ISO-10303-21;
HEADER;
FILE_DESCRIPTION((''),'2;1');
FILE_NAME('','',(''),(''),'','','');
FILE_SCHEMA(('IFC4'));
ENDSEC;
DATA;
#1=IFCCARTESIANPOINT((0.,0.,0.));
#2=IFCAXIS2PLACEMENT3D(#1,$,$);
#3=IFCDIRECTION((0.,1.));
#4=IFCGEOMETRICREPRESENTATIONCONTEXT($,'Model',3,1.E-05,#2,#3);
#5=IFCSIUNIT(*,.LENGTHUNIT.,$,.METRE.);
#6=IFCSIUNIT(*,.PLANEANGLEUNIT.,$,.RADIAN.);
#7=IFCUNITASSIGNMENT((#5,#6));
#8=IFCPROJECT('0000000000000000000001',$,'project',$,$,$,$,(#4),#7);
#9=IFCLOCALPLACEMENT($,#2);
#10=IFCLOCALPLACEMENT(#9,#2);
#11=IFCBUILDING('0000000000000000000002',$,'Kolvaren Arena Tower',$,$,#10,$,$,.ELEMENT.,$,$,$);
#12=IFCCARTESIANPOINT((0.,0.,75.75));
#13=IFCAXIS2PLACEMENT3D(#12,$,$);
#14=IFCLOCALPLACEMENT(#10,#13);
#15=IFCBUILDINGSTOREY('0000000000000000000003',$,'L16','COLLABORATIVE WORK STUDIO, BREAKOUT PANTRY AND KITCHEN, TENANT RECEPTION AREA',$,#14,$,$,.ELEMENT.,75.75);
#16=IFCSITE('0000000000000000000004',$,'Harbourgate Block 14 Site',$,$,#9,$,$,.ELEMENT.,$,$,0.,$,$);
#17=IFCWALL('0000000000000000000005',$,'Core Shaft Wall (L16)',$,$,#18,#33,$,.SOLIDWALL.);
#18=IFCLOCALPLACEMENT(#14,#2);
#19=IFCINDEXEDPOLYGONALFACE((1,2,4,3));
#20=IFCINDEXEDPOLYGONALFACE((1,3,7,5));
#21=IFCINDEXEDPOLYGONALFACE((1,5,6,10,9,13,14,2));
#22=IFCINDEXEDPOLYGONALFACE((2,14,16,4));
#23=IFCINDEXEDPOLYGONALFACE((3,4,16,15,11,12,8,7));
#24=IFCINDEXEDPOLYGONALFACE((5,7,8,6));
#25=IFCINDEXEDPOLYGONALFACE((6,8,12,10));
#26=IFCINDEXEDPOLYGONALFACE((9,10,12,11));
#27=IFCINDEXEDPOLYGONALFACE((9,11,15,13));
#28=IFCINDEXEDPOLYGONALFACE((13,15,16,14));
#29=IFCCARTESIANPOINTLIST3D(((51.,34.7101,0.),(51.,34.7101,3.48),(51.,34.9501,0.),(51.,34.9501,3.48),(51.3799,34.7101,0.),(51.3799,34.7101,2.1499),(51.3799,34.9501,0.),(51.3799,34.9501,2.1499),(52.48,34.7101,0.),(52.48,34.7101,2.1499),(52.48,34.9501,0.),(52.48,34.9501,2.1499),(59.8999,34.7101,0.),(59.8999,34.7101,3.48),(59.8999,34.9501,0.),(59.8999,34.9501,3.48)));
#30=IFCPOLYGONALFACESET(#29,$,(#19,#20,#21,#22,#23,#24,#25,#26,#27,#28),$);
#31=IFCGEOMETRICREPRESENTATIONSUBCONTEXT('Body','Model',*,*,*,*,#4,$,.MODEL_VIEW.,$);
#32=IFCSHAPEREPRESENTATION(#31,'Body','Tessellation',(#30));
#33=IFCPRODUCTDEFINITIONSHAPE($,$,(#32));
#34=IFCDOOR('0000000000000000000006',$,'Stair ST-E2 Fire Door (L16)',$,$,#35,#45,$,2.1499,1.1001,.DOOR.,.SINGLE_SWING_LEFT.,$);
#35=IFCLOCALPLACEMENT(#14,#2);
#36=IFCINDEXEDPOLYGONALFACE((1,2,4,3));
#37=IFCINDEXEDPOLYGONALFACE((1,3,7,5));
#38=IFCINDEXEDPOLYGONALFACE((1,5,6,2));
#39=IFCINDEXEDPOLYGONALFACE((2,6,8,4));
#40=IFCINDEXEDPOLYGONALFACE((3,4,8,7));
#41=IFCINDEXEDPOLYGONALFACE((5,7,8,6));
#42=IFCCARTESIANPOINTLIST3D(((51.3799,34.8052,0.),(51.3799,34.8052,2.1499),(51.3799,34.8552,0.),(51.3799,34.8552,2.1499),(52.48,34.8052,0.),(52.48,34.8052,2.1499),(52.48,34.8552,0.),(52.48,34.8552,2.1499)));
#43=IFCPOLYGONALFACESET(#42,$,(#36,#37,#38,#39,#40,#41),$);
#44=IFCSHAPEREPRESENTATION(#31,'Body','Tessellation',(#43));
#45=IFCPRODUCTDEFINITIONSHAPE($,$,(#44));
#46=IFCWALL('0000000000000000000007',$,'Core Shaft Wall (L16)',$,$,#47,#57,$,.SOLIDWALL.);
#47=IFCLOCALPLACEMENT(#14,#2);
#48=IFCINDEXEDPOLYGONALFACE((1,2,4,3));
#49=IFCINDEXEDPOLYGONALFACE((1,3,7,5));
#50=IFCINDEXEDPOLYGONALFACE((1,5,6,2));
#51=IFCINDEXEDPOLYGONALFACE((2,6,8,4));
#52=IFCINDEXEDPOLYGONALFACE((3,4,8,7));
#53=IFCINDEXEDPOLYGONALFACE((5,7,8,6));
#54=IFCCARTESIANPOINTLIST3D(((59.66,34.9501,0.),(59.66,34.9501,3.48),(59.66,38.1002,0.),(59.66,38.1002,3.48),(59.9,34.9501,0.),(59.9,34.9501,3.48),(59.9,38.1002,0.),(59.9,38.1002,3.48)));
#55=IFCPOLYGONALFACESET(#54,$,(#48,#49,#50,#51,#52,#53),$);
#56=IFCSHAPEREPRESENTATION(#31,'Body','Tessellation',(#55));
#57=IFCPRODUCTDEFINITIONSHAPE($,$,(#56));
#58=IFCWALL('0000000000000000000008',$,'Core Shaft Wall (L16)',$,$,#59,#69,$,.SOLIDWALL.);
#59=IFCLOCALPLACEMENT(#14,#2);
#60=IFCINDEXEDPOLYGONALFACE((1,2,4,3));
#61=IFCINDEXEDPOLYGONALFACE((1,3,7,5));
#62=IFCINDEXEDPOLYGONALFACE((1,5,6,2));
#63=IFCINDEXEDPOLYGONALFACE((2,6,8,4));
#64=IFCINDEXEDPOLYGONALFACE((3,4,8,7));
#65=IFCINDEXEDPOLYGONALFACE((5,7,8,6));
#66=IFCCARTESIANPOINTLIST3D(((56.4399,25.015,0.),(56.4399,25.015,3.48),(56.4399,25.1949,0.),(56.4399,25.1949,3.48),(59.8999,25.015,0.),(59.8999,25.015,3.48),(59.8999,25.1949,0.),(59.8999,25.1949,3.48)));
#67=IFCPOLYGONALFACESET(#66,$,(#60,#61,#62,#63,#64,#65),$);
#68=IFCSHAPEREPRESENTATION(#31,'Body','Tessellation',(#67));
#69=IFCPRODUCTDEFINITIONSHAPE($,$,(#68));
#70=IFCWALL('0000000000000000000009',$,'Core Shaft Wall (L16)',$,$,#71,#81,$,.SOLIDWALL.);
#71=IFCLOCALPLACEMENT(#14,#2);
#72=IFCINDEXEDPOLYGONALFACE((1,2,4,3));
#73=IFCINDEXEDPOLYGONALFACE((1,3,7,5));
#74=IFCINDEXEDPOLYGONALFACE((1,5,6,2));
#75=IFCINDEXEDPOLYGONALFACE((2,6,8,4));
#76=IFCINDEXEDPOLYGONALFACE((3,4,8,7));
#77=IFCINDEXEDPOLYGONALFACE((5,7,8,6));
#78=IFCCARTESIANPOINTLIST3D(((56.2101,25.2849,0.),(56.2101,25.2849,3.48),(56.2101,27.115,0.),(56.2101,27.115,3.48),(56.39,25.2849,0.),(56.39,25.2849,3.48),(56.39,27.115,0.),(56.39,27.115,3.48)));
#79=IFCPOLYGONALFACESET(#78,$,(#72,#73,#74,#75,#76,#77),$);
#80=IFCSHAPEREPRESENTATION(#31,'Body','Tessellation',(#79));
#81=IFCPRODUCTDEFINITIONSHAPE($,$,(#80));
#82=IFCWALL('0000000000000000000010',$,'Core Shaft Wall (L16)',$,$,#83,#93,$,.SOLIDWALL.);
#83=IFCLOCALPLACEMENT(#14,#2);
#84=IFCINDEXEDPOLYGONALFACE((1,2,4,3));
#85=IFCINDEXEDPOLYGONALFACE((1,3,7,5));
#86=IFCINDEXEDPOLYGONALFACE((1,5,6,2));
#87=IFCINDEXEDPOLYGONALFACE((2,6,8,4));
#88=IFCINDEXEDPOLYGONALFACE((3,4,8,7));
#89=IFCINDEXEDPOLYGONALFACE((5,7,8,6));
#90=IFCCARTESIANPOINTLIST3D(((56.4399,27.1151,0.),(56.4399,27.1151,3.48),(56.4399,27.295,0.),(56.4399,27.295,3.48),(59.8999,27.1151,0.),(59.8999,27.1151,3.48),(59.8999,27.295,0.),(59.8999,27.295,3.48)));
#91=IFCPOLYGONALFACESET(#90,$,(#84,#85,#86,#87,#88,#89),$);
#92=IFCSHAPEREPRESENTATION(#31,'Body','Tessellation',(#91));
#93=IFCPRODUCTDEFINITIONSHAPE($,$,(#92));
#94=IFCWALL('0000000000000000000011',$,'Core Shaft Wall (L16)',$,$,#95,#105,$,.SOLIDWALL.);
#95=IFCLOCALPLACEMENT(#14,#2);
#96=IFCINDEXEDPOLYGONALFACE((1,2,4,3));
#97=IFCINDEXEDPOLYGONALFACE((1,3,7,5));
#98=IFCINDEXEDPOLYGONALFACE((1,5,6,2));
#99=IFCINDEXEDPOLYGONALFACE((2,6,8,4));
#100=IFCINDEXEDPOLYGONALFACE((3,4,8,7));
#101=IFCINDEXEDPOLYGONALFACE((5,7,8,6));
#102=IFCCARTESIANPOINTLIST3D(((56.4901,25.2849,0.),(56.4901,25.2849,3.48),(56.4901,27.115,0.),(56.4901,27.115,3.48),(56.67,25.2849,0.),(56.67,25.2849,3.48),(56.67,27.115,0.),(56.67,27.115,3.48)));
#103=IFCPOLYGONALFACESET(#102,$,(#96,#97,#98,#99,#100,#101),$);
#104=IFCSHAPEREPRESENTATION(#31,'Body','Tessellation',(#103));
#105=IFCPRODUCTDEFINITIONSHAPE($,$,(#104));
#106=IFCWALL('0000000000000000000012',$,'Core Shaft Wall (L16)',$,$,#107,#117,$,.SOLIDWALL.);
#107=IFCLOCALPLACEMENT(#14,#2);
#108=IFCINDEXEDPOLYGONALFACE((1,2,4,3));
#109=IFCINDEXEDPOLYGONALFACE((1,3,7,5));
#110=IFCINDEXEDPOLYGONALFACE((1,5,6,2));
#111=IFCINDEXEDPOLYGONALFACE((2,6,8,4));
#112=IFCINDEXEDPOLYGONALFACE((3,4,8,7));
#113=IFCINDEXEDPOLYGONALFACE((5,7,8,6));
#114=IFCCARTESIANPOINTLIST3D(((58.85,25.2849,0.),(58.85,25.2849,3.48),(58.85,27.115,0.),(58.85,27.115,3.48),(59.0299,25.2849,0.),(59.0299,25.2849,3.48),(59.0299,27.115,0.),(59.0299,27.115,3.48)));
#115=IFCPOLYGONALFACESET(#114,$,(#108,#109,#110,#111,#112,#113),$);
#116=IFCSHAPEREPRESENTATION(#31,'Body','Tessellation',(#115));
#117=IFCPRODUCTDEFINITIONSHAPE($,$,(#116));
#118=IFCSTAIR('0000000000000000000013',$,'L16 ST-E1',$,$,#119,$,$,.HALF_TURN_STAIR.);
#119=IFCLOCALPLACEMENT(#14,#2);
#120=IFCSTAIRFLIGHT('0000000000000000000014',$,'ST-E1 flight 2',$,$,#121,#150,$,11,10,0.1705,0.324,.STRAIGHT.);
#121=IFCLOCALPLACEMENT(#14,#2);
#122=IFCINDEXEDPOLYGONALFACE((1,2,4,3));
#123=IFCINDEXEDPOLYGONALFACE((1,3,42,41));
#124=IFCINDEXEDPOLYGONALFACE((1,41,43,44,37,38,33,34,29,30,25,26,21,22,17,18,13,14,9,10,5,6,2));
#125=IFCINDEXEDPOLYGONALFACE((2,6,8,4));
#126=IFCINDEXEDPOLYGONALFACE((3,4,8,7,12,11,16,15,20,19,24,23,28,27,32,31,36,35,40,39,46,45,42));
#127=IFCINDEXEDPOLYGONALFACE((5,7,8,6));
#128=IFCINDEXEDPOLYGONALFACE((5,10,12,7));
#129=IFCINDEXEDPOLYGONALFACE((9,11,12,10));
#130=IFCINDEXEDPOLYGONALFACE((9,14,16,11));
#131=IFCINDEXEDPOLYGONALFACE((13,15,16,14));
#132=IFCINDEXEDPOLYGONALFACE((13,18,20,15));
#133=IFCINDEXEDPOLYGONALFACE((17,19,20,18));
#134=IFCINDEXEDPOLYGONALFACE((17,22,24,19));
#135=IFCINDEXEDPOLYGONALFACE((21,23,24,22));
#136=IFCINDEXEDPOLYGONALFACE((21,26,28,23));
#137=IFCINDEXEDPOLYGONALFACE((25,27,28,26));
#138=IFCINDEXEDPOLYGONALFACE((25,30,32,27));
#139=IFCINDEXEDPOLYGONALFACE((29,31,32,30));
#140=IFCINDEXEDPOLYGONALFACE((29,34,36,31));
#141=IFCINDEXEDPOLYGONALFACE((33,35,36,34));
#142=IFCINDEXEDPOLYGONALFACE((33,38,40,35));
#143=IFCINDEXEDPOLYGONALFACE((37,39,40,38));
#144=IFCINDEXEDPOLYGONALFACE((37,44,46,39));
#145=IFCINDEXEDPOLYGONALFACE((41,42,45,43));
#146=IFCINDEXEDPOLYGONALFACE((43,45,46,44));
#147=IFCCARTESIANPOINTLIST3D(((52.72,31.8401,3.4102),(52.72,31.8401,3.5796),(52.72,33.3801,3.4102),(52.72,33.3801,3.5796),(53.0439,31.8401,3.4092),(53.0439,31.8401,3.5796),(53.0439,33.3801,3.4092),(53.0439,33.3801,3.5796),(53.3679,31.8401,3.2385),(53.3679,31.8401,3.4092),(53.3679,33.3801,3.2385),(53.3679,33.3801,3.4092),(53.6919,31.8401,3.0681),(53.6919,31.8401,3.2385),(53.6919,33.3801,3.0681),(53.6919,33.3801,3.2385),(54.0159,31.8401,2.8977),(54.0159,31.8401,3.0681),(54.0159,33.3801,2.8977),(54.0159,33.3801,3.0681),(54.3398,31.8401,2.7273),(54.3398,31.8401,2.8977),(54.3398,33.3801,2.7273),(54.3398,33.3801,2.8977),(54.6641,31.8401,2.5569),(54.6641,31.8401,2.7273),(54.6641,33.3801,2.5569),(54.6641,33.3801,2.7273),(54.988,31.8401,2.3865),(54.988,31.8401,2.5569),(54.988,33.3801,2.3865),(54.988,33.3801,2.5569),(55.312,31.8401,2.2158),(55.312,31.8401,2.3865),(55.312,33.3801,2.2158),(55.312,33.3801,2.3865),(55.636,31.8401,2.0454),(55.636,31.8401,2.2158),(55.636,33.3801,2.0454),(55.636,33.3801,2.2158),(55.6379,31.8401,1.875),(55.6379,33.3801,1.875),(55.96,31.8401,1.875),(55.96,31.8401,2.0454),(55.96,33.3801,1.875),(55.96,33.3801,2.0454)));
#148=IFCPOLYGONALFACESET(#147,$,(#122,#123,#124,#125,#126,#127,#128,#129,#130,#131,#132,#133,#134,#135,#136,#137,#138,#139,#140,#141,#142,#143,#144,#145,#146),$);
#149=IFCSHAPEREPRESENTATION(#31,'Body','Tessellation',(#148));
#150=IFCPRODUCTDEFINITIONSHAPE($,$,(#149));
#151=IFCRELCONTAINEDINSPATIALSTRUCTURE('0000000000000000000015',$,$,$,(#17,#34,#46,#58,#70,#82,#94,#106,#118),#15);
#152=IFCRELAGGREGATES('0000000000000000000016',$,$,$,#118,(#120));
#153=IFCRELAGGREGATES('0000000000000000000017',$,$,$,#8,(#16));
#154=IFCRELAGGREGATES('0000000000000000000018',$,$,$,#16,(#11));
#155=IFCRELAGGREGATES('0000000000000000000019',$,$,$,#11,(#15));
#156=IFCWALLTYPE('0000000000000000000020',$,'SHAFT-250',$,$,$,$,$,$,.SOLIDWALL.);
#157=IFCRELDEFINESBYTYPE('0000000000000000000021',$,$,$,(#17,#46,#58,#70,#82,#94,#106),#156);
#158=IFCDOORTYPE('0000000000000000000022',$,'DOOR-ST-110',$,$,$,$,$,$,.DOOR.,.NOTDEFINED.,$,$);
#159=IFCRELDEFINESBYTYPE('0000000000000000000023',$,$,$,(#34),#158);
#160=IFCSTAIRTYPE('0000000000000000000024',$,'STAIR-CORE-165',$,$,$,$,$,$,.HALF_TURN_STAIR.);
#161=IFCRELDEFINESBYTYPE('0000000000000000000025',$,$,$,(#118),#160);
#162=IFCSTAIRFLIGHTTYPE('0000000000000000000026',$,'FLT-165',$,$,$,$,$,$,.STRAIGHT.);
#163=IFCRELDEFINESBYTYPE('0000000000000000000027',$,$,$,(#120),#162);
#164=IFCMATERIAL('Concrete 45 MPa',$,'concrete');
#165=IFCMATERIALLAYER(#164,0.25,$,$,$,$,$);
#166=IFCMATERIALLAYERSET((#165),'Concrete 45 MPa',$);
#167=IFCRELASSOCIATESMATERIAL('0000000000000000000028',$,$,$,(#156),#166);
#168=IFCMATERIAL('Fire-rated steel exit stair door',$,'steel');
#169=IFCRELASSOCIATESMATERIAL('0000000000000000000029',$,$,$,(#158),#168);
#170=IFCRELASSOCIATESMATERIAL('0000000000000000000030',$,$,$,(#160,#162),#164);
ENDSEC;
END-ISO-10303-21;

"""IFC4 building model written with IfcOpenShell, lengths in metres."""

from ifc_helpers import new_model, si_unit, direction, frame, frame_2d, origin, place, context, subcontext, project, spatial, polyline, rectangle, outline, extrude, material, layer, layer_set, type_object, element, fill, aggregate, save


model = new_model("IFC4")

# Units and contexts
model_context = context("Model", 3, precision=1e-05, world=origin(), true_north=direction((0.0, 1.0)))
body_context = subcontext(model_context, "Body", "Model", "MODEL_VIEW")
ifc_project = project(units=[si_unit("LENGTHUNIT", "METRE"), si_unit("PLANEANGLEUNIT", "RADIAN")], contexts=[model_context])

# Site, building, storey
site_placement = place(None, origin())
site = spatial("IfcSite", under=ifc_project, at=site_placement, Name="Harbourgate Block 14 Site", CompositionType="ELEMENT", RefElevation=0.0)
building_placement = place(site_placement, origin())
building = spatial("IfcBuilding", under=site, at=building_placement, Name="Kolvaren Arena Tower", CompositionType="ELEMENT")
storey_placement = place(building_placement, frame((0.0, 0.0, 75.75)))
storey = spatial("IfcBuildingStorey", under=building, at=storey_placement, Name="L16", Description="COLLABORATIVE WORK STUDIO, BREAKOUT PANTRY AND KITCHEN, TENANT RECEPTION AREA", CompositionType="ELEMENT", Elevation=75.75)

# Shared definitions
ifc_material_1 = material(Name="Concrete 45 MPa", Category="concrete")
ifc_layer = layer(ifc_material_1, 0.25)
ifc_layer_set = layer_set([ifc_layer], Name="Concrete 45 MPa")
wall_type = type_object("IfcWallType", Name="SHAFT-250", PredefinedType="SOLIDWALL", material=ifc_layer_set)
ifc_material_2 = material(Name="Fire-rated steel exit stair door", Category="steel")
door_type = type_object("IfcDoorType", Name="DOOR-ST-110", OperationType="NOTDEFINED", PredefinedType="DOOR", material=ifc_material_2)

# Wall, opening, door
wall_1_placement = place(storey_placement, frame((59.8999, 34.8301, 0.0), z_axis=(0.0, 0.0, 1.0), x_axis=(-1.0, 0.0, 0.0)))
wall_1 = element("IfcWall", 1, at=wall_1_placement, inside=storey, type_object=wall_type, Name="Core Shaft Wall (L16)", PredefinedType="SOLIDWALL", context=body_context, shape_type="SweptSolid", body=[
    extrude(rectangle(XDim=8.8999, YDim=0.24, at=frame_2d((4.45, 0.0))), origin(), (0.0, 0.0, 1.0), 3.48),
])
opening_1_placement = place(wall_1_placement, frame((7.4199, 0.0, 0.0)))
opening_1 = element("IfcOpeningElement", 2, at=opening_1_placement, cuts=wall_1, PredefinedType="OPENING", context=body_context, shape_type="SweptSolid", body=[
    extrude(rectangle(XDim=1.1001, YDim=2.1499, at=frame_2d((0.55, 1.075))), frame((0.0, 0.1299, 0.0), z_axis=(0.0, -1.0, 0.0), x_axis=(1.0, 0.0, 0.0)), (0.0, 0.0, 1.0), 0.26),
])
door_1_placement = place(opening_1_placement, origin())
door_1 = element("IfcDoor", 3, at=door_1_placement, inside=storey, type_object=door_type, Name="Stair ST-E2 Fire Door (L16)", OperationType="SINGLE_SWING_LEFT", OverallHeight=2.1499, OverallWidth=1.1001, PredefinedType="DOOR", context=body_context, shape_type="SweptSolid", body=[
    extrude(rectangle(XDim=1.1001, YDim=2.1499, at=frame_2d((0.55, 1.075))), frame((0.0, 0.0249, 0.0), z_axis=(0.0, -1.0, 0.0), x_axis=(1.0, 0.0, 0.0)), (0.0, 0.0, 1.0), 0.05),
])
fill(opening_1, door_1)

# Walls
wall_2_placement = place(storey_placement, frame((59.78, 34.95, 0.0), z_axis=(0.0, 0.0, 1.0), x_axis=(0.0, 1.0, 0.0)))
element("IfcWall", 4, at=wall_2_placement, inside=storey, type_object=wall_type, Name="Core Shaft Wall (L16)", PredefinedType="SOLIDWALL", context=body_context, shape_type="SweptSolid", body=[
    extrude(rectangle(XDim=3.1501, YDim=0.24, at=frame_2d((1.5752, 0.0))), origin(), (0.0, 0.0, 1.0), 3.48),
])
wall_3_placement = place(storey_placement, frame((56.4399, 25.105, 0.0), z_axis=(0.0, 0.0, 1.0), x_axis=(1.0, 0.0, 0.0)))
element("IfcWall", 5, at=wall_3_placement, inside=storey, type_object=wall_type, Name="Core Shaft Wall (L16)", PredefinedType="SOLIDWALL", context=body_context, shape_type="SweptSolid", body=[
    extrude(rectangle(XDim=3.46, YDim=0.1799, at=frame_2d((1.73, 0.0))), origin(), (0.0, 0.0, 1.0), 3.48),
])
wall_4_placement = place(storey_placement, frame((56.3, 25.2849, 0.0), z_axis=(0.0, 0.0, 1.0), x_axis=(0.0, 1.0, 0.0)))
element("IfcWall", 6, at=wall_4_placement, inside=storey, type_object=wall_type, Name="Core Shaft Wall (L16)", PredefinedType="SOLIDWALL", context=body_context, shape_type="SweptSolid", body=[
    extrude(rectangle(XDim=1.8301, YDim=0.1799, at=frame_2d((0.915, 0.0))), origin(), (0.0, 0.0, 1.0), 3.48),
])
wall_5_placement = place(storey_placement, frame((56.4399, 27.2051, 0.0), z_axis=(0.0, 0.0, 1.0), x_axis=(1.0, 0.0, 0.0)))
element("IfcWall", 7, at=wall_5_placement, inside=storey, type_object=wall_type, Name="Core Shaft Wall (L16)", PredefinedType="SOLIDWALL", context=body_context, shape_type="SweptSolid", body=[
    extrude(rectangle(XDim=3.46, YDim=0.1799, at=frame_2d((1.73, 0.0))), origin(), (0.0, 0.0, 1.0), 3.48),
])
for number, where, z_axis, x_axis, name in (
    (8, (56.5801, 25.2849, 0.0), (0.0, 0.0, 1.0), (0.0, 1.0, 0.0), "Core Shaft Wall (L16)"),
    (9, (58.9399, 25.2849, 0.0), (0.0, 0.0, 1.0), (0.0, 1.0, 0.0), "Core Shaft Wall (L16)"),
):
    element("IfcWall", number, at=place(storey_placement, frame(where, z_axis=z_axis, x_axis=x_axis)), inside=storey, type_object=wall_type, Name=name, PredefinedType="SOLIDWALL", context=body_context, shape_type="SweptSolid", body=[
        extrude(rectangle(XDim=1.8301, YDim=0.1799, at=frame_2d((0.915, 0.0))), origin(), (0.0, 0.0, 1.0), 3.48),
    ])

# Stair, stair flight
stair_type = type_object("IfcStairType", Name="STAIR-CORE-165", PredefinedType="HALF_TURN_STAIR", material=ifc_material_1)
stair_placement = place(storey_placement, origin())
stair = element("IfcStair", 10, at=stair_placement, inside=storey, type_object=stair_type, Name="L16 ST-E1", PredefinedType="HALF_TURN_STAIR")
stair_flight_type = type_object("IfcStairFlightType", Name="FLT-165", PredefinedType="STRAIGHT", material=ifc_material_1)
stair_flight_placement = place(storey_placement, frame((55.96, 32.6101, 1.875), z_axis=(0.0, 0.0, 1.0), x_axis=(-1.0, 0.0, 0.0)))
stair_flight = element("IfcStairFlight", 11, at=stair_flight_placement, type_object=stair_flight_type, Name="ST-E1 flight 2", NumberOfRisers=11, NumberOfTreads=10, PredefinedType="STRAIGHT", RiserHeight=0.1705, TreadLength=0.324, context=body_context, shape_type="SweptSolid", body=[
    extrude(outline(polyline([(0.0, 0.0), (0.0, 0.1704), (0.324, 0.1704), (0.324, 0.3408), (0.6479, 0.3408), (0.6479, 0.5115), (0.9719, 0.5115), (0.9719, 0.6819), (1.2959, 0.6819), (1.2959, 0.8523), (1.6201, 0.8523), (1.6201, 1.0227), (1.9441, 1.0227), (1.9441, 1.1931), (2.2681, 1.1931), (2.2681, 1.3635), (2.592, 1.3635), (2.592, 1.5342), (2.916, 1.5342), (2.916, 1.7046), (3.24, 1.7046), (3.24, 1.875), (3.24, 1.5352), (0.322, 0.0), (0.0, 0.0)])), frame((0.0, 0.77, 0.0), z_axis=(0.0, -1.0, 0.0), x_axis=(1.0, 0.0, 0.0)), (0.0, 0.0, 1.0), 1.54),
])
aggregate(stair, [stair_flight])

save(model, "model.ifc")
